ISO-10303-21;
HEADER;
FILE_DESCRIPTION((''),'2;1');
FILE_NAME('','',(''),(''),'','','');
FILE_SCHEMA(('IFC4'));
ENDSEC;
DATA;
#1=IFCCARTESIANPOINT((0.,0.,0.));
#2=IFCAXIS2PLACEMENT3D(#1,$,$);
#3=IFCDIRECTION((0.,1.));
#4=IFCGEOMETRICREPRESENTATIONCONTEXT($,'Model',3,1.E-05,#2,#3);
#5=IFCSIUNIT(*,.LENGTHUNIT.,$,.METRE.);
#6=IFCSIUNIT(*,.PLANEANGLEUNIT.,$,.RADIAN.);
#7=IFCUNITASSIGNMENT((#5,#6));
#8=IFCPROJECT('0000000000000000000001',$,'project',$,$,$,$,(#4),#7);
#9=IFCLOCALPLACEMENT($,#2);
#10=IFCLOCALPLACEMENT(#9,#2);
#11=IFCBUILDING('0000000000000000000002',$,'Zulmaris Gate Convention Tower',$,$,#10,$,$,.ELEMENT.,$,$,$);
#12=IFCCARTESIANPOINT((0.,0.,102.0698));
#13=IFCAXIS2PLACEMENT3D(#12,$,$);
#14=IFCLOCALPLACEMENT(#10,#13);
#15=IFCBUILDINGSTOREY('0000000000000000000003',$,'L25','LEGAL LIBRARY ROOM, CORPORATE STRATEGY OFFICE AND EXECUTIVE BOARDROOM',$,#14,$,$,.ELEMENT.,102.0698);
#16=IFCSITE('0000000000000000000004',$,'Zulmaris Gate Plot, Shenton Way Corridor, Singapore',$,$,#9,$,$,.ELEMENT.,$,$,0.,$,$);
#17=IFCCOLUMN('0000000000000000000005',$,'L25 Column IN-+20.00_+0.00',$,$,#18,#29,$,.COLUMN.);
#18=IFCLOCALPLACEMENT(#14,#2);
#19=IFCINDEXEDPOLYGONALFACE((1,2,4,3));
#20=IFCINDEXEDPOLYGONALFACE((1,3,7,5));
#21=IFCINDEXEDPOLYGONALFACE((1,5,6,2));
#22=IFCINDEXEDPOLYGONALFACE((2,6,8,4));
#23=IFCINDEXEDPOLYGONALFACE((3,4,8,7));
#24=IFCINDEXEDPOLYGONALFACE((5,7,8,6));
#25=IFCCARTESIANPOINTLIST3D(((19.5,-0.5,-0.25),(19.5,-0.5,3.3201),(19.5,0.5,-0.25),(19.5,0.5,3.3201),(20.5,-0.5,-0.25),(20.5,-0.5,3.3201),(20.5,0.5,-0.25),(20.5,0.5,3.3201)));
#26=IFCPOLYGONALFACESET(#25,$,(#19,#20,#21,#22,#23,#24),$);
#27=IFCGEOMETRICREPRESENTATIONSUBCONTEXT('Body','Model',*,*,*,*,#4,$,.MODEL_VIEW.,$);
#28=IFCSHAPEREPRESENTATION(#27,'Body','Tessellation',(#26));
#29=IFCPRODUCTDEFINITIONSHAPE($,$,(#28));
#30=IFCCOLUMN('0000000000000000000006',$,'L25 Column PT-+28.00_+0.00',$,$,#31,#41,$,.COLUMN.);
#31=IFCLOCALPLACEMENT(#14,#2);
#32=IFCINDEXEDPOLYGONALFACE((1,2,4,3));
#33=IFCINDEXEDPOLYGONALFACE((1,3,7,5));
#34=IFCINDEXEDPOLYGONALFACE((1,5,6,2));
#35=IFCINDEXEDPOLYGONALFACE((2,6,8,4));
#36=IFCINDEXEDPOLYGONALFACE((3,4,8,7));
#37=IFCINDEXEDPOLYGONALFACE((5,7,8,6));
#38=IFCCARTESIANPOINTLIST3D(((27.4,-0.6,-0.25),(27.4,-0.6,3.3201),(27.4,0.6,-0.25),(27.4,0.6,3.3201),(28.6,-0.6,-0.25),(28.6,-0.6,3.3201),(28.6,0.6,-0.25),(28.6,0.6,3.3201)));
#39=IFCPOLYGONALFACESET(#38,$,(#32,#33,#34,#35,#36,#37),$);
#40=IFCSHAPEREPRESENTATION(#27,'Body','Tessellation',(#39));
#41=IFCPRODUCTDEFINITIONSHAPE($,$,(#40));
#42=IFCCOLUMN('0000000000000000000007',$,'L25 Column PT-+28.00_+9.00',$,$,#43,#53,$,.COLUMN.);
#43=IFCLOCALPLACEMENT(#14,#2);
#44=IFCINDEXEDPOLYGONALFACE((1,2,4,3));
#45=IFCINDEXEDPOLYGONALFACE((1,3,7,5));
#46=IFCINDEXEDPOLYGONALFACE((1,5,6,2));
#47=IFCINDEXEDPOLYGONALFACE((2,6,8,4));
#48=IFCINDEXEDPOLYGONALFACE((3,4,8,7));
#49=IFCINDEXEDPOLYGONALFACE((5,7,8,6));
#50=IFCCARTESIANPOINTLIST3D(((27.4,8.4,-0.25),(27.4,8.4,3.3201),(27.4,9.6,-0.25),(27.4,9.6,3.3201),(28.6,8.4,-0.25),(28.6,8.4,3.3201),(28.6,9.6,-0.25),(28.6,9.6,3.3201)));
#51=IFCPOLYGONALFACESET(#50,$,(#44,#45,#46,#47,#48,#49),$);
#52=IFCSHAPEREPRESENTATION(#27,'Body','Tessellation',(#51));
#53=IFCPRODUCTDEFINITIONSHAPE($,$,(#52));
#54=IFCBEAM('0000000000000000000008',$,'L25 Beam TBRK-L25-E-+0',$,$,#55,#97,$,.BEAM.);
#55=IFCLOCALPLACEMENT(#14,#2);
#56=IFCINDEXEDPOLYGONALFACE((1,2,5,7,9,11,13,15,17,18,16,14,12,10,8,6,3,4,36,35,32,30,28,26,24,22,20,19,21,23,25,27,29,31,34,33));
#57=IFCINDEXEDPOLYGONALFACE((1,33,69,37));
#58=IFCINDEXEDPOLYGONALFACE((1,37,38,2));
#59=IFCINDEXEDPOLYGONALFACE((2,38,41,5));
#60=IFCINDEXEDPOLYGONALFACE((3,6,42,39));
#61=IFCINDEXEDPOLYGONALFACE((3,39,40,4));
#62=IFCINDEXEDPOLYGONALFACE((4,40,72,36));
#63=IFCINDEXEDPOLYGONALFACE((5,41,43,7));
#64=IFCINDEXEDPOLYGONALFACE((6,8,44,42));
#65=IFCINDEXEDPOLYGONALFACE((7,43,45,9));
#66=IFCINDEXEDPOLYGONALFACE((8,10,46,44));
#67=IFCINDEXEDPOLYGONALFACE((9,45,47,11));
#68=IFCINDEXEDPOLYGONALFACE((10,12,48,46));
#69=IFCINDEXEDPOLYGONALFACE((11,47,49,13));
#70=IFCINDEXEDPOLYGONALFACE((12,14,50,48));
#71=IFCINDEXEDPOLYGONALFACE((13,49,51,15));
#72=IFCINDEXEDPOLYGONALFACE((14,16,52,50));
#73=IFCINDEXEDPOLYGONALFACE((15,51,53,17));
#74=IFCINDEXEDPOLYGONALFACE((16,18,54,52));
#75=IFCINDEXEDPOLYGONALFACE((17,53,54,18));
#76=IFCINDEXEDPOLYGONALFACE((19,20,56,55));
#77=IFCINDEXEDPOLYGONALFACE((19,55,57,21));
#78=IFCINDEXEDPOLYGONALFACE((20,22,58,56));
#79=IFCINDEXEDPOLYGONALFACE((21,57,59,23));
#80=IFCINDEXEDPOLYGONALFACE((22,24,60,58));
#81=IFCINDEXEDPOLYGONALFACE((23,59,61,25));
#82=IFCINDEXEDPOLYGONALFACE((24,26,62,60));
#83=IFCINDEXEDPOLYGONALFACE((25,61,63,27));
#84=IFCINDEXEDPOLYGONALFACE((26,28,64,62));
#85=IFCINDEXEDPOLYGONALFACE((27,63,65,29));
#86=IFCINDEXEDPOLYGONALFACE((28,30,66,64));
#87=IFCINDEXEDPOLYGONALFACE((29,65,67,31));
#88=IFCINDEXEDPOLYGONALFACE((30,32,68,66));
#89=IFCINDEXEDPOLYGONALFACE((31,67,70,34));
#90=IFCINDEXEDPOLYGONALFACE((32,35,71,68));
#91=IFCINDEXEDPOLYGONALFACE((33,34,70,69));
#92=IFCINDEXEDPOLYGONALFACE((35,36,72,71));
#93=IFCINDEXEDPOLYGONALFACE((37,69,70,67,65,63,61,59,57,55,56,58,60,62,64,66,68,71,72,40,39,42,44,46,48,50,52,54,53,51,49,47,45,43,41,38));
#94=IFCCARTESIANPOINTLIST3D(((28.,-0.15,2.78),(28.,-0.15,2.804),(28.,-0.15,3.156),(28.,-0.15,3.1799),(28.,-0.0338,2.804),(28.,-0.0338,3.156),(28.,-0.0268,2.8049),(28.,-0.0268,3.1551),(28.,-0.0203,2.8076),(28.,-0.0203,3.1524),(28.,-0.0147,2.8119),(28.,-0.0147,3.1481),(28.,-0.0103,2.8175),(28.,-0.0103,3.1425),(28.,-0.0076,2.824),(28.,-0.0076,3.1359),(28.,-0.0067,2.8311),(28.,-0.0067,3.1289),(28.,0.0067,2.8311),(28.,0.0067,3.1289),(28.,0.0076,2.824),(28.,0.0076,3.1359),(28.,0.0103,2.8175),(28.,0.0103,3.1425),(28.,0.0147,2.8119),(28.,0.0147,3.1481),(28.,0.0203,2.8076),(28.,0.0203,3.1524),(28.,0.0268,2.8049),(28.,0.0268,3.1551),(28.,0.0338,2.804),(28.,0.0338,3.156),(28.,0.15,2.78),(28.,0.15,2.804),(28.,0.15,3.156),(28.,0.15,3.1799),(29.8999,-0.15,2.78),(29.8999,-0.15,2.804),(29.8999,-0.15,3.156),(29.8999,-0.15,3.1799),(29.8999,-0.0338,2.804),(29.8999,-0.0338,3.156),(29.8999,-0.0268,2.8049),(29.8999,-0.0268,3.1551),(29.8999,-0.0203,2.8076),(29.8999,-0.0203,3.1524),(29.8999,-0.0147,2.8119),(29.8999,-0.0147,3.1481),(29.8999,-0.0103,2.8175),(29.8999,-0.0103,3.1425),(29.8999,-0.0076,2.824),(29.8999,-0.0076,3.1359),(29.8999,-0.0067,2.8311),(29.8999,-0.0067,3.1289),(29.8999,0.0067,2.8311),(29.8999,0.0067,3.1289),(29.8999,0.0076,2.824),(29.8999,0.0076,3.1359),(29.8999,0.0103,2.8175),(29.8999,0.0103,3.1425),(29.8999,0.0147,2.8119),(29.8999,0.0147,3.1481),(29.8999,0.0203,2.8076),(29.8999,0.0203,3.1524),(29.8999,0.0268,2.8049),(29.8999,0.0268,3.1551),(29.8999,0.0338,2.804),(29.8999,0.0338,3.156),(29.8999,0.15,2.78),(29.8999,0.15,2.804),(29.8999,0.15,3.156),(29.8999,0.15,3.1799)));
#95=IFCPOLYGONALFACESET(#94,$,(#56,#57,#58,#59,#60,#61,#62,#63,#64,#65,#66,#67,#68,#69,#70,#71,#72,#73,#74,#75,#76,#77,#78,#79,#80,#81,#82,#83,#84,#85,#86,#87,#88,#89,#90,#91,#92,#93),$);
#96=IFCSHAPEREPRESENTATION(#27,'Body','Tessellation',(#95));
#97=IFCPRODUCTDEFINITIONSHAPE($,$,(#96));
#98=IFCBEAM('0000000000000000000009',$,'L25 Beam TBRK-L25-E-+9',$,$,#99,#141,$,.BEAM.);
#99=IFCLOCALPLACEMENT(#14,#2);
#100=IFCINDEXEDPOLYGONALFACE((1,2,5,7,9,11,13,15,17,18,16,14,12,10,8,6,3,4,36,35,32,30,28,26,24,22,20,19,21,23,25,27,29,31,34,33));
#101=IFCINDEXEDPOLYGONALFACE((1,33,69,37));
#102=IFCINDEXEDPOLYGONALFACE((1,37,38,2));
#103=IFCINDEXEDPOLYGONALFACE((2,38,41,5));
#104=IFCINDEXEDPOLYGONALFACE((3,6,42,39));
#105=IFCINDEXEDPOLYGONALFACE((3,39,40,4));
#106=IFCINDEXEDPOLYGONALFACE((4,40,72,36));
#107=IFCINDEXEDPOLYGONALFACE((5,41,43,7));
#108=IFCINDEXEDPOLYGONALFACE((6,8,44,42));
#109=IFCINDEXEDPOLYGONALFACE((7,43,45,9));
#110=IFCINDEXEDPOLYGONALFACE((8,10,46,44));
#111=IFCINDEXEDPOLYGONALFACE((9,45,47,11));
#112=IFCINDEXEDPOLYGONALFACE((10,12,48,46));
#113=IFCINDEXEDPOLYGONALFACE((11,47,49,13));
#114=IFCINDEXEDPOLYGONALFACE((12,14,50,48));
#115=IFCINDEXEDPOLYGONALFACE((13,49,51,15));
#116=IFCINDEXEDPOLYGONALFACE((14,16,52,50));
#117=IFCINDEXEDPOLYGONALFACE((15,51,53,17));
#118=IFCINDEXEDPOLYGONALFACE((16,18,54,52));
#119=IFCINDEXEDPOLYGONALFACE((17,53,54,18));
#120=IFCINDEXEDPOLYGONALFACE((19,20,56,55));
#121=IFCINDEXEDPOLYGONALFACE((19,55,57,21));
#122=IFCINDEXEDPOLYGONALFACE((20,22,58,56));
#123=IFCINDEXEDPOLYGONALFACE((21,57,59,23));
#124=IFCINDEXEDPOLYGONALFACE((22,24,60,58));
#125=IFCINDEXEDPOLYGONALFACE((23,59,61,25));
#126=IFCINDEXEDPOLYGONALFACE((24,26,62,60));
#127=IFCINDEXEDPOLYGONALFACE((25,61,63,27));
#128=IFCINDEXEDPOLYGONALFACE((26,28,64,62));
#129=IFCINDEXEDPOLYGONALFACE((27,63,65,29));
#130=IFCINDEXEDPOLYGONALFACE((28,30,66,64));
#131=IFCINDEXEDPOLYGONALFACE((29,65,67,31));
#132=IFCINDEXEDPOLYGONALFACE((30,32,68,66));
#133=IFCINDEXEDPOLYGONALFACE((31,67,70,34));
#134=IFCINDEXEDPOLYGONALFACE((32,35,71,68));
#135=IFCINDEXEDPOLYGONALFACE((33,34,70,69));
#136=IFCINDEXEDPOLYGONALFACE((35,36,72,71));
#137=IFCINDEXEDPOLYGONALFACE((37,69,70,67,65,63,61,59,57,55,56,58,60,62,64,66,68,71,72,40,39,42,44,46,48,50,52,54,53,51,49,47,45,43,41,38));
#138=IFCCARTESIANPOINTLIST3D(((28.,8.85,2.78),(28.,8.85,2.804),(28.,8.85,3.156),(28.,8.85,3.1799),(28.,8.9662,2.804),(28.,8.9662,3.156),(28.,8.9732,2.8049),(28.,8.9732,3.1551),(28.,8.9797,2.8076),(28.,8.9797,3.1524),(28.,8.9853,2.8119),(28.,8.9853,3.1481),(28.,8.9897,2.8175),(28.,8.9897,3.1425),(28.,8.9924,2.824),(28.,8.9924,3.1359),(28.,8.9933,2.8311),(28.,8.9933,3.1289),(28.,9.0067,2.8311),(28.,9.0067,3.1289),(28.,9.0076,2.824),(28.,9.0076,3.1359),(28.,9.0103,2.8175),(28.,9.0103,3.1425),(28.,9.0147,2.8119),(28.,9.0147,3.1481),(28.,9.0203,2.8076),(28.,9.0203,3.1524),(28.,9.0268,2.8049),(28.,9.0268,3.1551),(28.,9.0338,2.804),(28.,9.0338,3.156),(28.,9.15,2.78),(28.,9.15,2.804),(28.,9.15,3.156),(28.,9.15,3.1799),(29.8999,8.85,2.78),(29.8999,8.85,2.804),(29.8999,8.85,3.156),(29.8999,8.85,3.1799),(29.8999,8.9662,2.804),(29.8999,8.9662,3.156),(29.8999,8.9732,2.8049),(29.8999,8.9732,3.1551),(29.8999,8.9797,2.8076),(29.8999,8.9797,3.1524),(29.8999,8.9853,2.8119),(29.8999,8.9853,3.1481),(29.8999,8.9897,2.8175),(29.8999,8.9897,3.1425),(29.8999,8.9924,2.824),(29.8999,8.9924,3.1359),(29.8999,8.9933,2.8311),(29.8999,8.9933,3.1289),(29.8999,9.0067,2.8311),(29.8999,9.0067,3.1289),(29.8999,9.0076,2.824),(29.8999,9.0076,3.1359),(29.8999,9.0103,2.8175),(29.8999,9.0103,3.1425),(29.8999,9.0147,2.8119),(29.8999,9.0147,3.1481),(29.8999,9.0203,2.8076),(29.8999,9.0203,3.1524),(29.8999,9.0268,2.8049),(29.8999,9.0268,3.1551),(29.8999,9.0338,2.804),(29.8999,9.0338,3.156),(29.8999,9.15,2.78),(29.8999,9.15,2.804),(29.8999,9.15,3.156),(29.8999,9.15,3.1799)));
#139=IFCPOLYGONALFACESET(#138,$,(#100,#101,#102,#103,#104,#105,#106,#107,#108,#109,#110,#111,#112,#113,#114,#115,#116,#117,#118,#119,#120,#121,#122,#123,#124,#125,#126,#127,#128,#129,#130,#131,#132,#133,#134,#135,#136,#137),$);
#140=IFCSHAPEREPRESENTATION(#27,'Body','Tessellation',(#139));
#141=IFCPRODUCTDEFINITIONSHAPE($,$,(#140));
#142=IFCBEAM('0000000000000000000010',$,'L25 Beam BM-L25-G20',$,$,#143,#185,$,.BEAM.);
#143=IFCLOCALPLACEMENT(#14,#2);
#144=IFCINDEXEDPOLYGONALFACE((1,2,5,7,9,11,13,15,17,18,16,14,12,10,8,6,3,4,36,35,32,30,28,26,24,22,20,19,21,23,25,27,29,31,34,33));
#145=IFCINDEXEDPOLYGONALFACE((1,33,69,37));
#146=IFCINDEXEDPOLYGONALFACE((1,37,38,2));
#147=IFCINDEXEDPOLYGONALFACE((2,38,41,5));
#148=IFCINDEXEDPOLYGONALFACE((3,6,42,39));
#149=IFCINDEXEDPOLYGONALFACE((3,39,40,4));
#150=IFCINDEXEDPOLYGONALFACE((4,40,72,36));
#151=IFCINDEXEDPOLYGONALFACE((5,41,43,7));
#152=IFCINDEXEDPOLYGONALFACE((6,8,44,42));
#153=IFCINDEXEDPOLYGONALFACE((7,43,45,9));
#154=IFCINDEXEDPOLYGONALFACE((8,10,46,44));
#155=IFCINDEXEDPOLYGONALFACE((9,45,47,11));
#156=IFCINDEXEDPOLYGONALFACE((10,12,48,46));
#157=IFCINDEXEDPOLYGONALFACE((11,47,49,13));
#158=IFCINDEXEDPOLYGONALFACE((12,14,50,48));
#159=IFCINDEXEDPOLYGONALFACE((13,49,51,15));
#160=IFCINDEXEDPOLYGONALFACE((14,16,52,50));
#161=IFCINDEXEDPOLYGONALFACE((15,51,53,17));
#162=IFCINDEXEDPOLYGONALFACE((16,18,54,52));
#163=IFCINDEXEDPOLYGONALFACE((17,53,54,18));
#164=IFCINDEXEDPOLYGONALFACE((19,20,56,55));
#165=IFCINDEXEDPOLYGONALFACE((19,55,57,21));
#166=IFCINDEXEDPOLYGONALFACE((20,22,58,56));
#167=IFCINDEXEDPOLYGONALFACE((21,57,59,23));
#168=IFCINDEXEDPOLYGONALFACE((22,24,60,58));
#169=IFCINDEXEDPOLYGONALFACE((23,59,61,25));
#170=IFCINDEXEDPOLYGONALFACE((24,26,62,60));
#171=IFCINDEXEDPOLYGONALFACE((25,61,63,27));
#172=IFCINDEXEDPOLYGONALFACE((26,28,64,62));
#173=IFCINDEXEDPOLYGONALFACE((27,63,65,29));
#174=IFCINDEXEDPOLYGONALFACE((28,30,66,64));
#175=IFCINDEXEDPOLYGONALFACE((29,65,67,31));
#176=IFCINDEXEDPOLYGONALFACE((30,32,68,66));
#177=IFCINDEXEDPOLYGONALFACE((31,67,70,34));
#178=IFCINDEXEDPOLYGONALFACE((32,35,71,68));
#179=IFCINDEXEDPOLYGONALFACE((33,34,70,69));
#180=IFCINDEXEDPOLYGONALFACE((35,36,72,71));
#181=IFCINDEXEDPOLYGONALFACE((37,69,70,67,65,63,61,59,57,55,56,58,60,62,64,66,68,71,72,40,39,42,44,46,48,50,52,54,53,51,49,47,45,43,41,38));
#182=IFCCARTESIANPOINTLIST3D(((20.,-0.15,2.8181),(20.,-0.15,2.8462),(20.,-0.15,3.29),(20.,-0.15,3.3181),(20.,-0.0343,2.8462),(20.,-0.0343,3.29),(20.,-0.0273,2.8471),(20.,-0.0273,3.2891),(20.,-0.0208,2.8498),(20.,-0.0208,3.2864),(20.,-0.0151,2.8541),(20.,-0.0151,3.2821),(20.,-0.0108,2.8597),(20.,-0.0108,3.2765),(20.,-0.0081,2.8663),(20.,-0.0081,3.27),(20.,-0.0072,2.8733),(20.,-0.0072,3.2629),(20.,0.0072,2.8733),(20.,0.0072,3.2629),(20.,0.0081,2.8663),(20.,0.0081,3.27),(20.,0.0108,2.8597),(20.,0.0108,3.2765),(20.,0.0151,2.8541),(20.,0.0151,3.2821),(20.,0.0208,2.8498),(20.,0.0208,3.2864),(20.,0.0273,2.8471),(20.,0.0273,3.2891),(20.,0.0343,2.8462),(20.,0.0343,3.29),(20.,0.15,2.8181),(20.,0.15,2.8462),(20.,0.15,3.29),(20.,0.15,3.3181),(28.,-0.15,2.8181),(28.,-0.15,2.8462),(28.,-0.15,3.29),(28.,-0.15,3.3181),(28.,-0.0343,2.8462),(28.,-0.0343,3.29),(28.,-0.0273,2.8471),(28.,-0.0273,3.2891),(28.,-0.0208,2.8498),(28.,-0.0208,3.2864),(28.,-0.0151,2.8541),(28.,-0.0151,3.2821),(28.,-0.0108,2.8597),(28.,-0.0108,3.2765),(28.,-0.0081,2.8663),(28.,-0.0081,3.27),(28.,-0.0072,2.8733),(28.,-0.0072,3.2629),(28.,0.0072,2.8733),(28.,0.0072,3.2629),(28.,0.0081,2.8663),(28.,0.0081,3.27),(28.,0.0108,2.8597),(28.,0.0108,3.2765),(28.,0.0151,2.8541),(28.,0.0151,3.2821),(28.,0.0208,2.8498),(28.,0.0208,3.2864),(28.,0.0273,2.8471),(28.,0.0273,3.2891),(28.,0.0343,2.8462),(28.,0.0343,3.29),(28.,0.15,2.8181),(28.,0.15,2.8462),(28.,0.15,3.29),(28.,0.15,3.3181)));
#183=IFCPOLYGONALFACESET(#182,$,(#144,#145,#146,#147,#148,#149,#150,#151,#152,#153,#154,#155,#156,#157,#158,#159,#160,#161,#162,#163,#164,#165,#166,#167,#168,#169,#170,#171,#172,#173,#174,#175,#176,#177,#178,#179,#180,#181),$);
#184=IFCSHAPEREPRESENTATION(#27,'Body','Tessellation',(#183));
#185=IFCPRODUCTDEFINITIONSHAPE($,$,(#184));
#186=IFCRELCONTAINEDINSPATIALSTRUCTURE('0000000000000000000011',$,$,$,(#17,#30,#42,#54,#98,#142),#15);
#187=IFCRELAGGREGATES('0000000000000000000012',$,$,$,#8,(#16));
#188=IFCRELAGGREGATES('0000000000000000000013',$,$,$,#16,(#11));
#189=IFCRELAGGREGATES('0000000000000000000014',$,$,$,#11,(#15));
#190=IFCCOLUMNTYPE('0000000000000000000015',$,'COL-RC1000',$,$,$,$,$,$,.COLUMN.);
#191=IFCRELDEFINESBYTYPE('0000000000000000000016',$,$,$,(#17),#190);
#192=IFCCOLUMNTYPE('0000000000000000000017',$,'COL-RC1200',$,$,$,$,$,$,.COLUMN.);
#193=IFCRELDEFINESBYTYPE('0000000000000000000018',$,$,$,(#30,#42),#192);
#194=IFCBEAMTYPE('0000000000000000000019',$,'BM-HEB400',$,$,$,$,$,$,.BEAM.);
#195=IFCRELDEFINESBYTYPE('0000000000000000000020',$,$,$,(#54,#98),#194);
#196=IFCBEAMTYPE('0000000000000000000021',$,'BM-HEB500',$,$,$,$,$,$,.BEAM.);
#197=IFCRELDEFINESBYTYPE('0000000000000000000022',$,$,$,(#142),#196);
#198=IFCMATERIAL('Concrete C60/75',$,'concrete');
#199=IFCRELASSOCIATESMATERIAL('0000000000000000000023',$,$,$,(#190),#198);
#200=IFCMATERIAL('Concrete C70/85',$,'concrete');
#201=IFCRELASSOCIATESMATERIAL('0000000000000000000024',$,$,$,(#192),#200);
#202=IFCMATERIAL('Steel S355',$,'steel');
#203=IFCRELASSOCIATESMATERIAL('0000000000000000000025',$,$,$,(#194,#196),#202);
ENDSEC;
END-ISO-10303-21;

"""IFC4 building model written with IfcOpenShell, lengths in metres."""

from ifc_helpers import new_model, si_unit, direction, frame, origin, origin_2d, place, context, subcontext, project, spatial, rectangle, i_section, extrude, material, material_profile, profile_set, type_object, element, save


model = new_model("IFC4")

# Units and contexts
model_context = context("Model", 3, precision=1e-05, world=origin(), true_north=direction((0.0, 1.0)))
body_context = subcontext(model_context, "Body", "Model", "MODEL_VIEW")
ifc_project = project(units=[si_unit("LENGTHUNIT", "METRE"), si_unit("PLANEANGLEUNIT", "RADIAN")], contexts=[model_context])

# Site, building, storey
site_placement = place(None, origin())
site = spatial("IfcSite", under=ifc_project, at=site_placement, Name="Zulmaris Gate Plot, Shenton Way Corridor, Singapore", CompositionType="ELEMENT", RefElevation=0.0)
building_placement = place(site_placement, origin())
building = spatial("IfcBuilding", under=site, at=building_placement, Name="Zulmaris Gate Convention Tower", CompositionType="ELEMENT")
storey_placement = place(building_placement, frame((0.0, 0.0, 102.0698)))
storey = spatial("IfcBuildingStorey", under=building, at=storey_placement, Name="L25", Description="LEGAL LIBRARY ROOM, CORPORATE STRATEGY OFFICE AND EXECUTIVE BOARDROOM", CompositionType="ELEMENT", Elevation=102.0698)

# Columns
ifc_material_1 = material(Name="Concrete C60/75", Category="concrete")
ifc_material_profile_1 = material_profile(ifc_material_1, rectangle(XDim=1.0, YDim=1.0, at=origin_2d()), Name="RC COL 1000x1000")
ifc_profile_set_1 = profile_set([ifc_material_profile_1], Name="Concrete C60/75")
column_type_1 = type_object("IfcColumnType", Name="COL-RC1000", PredefinedType="COLUMN", material=ifc_profile_set_1)
column_placement = place(storey_placement, frame((20.0, 0.0, -0.25), z_axis=(0.0, 0.0, 1.0), x_axis=(1.0, 0.0, 0.0)))
element("IfcColumn", 1, at=column_placement, inside=storey, type_object=column_type_1, Name="L25 Column IN-+20.00_+0.00", PredefinedType="COLUMN", context=body_context, shape_type="SweptSolid", body=[
    extrude(rectangle(XDim=1.0, YDim=1.0, at=origin_2d()), origin(), (0.0, 0.0, 1.0), 3.5701),
])
ifc_material_2 = material(Name="Concrete C70/85", Category="concrete")
ifc_material_profile_2 = material_profile(ifc_material_2, rectangle(XDim=1.2, YDim=1.2, at=origin_2d()), Name="RC COL 1200x1200")
ifc_profile_set_2 = profile_set([ifc_material_profile_2], Name="Concrete C70/85")
column_type_2 = type_object("IfcColumnType", Name="COL-RC1200", PredefinedType="COLUMN", material=ifc_profile_set_2)
for number, where, z_axis, x_axis, name in (
    (2, (28.0, 0.0, -0.25), (0.0, 0.0, 1.0), (1.0, 0.0, 0.0), "L25 Column PT-+28.00_+0.00"),
    (3, (28.0, 9.0, -0.25), (0.0, 0.0, 1.0), (1.0, 0.0, 0.0), "L25 Column PT-+28.00_+9.00"),
):
    element("IfcColumn", number, at=place(storey_placement, frame(where, z_axis=z_axis, x_axis=x_axis)), inside=storey, type_object=column_type_2, Name=name, PredefinedType="COLUMN", context=body_context, shape_type="SweptSolid", body=[
        extrude(rectangle(XDim=1.2, YDim=1.2, at=origin_2d()), origin(), (0.0, 0.0, 1.0), 3.5701),
    ])

# Beams
ifc_material_3 = material(Name="Steel S355", Category="steel")
ifc_material_profile_3 = material_profile(ifc_material_3, i_section(OverallWidth=0.3, OverallDepth=0.3999, WebThickness=0.0134, FlangeThickness=0.0239, FilletRadius=0.0271, at=origin_2d()), Name="HEB 400")
ifc_profile_set_3 = profile_set([ifc_material_profile_3], Name="Steel S355")
beam_type_1 = type_object("IfcBeamType", Name="BM-HEB400", PredefinedType="BEAM", material=ifc_profile_set_3)
for number, where, z_axis, x_axis, name in (
    (4, (28.0, 0.0, 2.98), (1.0, 0.0, 0.0), (0.0, 1.0, 0.0), "L25 Beam TBRK-L25-E-+0"),
    (5, (28.0, 9.0, 2.98), (1.0, 0.0, 0.0), (0.0, 1.0, 0.0), "L25 Beam TBRK-L25-E-+9"),
):
    element("IfcBeam", number, at=place(storey_placement, frame(where, z_axis=z_axis, x_axis=x_axis)), inside=storey, type_object=beam_type_1, Name=name, PredefinedType="BEAM", context=body_context, shape_type="SweptSolid", body=[
        extrude(i_section(OverallWidth=0.3, OverallDepth=0.3999, WebThickness=0.0134, FlangeThickness=0.0239, FilletRadius=0.0271, at=origin_2d()), origin(), (0.0, 0.0, 1.0), 1.8999),
    ])
ifc_material_profile_4 = material_profile(ifc_material_3, i_section(OverallWidth=0.3, OverallDepth=0.5, WebThickness=0.0144, FlangeThickness=0.0281, FilletRadius=0.0271, at=origin_2d()), Name="HEB 500")
ifc_profile_set_4 = profile_set([ifc_material_profile_4], Name="Steel S355")
beam_type_2 = type_object("IfcBeamType", Name="BM-HEB500", PredefinedType="BEAM", material=ifc_profile_set_4)
for number, where, z_axis, x_axis, name in (
    (6, (20.0, 0.0, 3.0681), (1.0, 0.0, 0.0), (0.0, 1.0, 0.0), "L25 Beam BM-L25-G20"),
):
    element("IfcBeam", number, at=place(storey_placement, frame(where, z_axis=z_axis, x_axis=x_axis)), inside=storey, type_object=beam_type_2, Name=name, PredefinedType="BEAM", context=body_context, shape_type="SweptSolid", body=[
        extrude(i_section(OverallWidth=0.3, OverallDepth=0.5, WebThickness=0.0144, FlangeThickness=0.0281, FilletRadius=0.0271, at=origin_2d()), origin(), (0.0, 0.0, 1.0), 8.0),
    ])

save(model, "model.ifc")
